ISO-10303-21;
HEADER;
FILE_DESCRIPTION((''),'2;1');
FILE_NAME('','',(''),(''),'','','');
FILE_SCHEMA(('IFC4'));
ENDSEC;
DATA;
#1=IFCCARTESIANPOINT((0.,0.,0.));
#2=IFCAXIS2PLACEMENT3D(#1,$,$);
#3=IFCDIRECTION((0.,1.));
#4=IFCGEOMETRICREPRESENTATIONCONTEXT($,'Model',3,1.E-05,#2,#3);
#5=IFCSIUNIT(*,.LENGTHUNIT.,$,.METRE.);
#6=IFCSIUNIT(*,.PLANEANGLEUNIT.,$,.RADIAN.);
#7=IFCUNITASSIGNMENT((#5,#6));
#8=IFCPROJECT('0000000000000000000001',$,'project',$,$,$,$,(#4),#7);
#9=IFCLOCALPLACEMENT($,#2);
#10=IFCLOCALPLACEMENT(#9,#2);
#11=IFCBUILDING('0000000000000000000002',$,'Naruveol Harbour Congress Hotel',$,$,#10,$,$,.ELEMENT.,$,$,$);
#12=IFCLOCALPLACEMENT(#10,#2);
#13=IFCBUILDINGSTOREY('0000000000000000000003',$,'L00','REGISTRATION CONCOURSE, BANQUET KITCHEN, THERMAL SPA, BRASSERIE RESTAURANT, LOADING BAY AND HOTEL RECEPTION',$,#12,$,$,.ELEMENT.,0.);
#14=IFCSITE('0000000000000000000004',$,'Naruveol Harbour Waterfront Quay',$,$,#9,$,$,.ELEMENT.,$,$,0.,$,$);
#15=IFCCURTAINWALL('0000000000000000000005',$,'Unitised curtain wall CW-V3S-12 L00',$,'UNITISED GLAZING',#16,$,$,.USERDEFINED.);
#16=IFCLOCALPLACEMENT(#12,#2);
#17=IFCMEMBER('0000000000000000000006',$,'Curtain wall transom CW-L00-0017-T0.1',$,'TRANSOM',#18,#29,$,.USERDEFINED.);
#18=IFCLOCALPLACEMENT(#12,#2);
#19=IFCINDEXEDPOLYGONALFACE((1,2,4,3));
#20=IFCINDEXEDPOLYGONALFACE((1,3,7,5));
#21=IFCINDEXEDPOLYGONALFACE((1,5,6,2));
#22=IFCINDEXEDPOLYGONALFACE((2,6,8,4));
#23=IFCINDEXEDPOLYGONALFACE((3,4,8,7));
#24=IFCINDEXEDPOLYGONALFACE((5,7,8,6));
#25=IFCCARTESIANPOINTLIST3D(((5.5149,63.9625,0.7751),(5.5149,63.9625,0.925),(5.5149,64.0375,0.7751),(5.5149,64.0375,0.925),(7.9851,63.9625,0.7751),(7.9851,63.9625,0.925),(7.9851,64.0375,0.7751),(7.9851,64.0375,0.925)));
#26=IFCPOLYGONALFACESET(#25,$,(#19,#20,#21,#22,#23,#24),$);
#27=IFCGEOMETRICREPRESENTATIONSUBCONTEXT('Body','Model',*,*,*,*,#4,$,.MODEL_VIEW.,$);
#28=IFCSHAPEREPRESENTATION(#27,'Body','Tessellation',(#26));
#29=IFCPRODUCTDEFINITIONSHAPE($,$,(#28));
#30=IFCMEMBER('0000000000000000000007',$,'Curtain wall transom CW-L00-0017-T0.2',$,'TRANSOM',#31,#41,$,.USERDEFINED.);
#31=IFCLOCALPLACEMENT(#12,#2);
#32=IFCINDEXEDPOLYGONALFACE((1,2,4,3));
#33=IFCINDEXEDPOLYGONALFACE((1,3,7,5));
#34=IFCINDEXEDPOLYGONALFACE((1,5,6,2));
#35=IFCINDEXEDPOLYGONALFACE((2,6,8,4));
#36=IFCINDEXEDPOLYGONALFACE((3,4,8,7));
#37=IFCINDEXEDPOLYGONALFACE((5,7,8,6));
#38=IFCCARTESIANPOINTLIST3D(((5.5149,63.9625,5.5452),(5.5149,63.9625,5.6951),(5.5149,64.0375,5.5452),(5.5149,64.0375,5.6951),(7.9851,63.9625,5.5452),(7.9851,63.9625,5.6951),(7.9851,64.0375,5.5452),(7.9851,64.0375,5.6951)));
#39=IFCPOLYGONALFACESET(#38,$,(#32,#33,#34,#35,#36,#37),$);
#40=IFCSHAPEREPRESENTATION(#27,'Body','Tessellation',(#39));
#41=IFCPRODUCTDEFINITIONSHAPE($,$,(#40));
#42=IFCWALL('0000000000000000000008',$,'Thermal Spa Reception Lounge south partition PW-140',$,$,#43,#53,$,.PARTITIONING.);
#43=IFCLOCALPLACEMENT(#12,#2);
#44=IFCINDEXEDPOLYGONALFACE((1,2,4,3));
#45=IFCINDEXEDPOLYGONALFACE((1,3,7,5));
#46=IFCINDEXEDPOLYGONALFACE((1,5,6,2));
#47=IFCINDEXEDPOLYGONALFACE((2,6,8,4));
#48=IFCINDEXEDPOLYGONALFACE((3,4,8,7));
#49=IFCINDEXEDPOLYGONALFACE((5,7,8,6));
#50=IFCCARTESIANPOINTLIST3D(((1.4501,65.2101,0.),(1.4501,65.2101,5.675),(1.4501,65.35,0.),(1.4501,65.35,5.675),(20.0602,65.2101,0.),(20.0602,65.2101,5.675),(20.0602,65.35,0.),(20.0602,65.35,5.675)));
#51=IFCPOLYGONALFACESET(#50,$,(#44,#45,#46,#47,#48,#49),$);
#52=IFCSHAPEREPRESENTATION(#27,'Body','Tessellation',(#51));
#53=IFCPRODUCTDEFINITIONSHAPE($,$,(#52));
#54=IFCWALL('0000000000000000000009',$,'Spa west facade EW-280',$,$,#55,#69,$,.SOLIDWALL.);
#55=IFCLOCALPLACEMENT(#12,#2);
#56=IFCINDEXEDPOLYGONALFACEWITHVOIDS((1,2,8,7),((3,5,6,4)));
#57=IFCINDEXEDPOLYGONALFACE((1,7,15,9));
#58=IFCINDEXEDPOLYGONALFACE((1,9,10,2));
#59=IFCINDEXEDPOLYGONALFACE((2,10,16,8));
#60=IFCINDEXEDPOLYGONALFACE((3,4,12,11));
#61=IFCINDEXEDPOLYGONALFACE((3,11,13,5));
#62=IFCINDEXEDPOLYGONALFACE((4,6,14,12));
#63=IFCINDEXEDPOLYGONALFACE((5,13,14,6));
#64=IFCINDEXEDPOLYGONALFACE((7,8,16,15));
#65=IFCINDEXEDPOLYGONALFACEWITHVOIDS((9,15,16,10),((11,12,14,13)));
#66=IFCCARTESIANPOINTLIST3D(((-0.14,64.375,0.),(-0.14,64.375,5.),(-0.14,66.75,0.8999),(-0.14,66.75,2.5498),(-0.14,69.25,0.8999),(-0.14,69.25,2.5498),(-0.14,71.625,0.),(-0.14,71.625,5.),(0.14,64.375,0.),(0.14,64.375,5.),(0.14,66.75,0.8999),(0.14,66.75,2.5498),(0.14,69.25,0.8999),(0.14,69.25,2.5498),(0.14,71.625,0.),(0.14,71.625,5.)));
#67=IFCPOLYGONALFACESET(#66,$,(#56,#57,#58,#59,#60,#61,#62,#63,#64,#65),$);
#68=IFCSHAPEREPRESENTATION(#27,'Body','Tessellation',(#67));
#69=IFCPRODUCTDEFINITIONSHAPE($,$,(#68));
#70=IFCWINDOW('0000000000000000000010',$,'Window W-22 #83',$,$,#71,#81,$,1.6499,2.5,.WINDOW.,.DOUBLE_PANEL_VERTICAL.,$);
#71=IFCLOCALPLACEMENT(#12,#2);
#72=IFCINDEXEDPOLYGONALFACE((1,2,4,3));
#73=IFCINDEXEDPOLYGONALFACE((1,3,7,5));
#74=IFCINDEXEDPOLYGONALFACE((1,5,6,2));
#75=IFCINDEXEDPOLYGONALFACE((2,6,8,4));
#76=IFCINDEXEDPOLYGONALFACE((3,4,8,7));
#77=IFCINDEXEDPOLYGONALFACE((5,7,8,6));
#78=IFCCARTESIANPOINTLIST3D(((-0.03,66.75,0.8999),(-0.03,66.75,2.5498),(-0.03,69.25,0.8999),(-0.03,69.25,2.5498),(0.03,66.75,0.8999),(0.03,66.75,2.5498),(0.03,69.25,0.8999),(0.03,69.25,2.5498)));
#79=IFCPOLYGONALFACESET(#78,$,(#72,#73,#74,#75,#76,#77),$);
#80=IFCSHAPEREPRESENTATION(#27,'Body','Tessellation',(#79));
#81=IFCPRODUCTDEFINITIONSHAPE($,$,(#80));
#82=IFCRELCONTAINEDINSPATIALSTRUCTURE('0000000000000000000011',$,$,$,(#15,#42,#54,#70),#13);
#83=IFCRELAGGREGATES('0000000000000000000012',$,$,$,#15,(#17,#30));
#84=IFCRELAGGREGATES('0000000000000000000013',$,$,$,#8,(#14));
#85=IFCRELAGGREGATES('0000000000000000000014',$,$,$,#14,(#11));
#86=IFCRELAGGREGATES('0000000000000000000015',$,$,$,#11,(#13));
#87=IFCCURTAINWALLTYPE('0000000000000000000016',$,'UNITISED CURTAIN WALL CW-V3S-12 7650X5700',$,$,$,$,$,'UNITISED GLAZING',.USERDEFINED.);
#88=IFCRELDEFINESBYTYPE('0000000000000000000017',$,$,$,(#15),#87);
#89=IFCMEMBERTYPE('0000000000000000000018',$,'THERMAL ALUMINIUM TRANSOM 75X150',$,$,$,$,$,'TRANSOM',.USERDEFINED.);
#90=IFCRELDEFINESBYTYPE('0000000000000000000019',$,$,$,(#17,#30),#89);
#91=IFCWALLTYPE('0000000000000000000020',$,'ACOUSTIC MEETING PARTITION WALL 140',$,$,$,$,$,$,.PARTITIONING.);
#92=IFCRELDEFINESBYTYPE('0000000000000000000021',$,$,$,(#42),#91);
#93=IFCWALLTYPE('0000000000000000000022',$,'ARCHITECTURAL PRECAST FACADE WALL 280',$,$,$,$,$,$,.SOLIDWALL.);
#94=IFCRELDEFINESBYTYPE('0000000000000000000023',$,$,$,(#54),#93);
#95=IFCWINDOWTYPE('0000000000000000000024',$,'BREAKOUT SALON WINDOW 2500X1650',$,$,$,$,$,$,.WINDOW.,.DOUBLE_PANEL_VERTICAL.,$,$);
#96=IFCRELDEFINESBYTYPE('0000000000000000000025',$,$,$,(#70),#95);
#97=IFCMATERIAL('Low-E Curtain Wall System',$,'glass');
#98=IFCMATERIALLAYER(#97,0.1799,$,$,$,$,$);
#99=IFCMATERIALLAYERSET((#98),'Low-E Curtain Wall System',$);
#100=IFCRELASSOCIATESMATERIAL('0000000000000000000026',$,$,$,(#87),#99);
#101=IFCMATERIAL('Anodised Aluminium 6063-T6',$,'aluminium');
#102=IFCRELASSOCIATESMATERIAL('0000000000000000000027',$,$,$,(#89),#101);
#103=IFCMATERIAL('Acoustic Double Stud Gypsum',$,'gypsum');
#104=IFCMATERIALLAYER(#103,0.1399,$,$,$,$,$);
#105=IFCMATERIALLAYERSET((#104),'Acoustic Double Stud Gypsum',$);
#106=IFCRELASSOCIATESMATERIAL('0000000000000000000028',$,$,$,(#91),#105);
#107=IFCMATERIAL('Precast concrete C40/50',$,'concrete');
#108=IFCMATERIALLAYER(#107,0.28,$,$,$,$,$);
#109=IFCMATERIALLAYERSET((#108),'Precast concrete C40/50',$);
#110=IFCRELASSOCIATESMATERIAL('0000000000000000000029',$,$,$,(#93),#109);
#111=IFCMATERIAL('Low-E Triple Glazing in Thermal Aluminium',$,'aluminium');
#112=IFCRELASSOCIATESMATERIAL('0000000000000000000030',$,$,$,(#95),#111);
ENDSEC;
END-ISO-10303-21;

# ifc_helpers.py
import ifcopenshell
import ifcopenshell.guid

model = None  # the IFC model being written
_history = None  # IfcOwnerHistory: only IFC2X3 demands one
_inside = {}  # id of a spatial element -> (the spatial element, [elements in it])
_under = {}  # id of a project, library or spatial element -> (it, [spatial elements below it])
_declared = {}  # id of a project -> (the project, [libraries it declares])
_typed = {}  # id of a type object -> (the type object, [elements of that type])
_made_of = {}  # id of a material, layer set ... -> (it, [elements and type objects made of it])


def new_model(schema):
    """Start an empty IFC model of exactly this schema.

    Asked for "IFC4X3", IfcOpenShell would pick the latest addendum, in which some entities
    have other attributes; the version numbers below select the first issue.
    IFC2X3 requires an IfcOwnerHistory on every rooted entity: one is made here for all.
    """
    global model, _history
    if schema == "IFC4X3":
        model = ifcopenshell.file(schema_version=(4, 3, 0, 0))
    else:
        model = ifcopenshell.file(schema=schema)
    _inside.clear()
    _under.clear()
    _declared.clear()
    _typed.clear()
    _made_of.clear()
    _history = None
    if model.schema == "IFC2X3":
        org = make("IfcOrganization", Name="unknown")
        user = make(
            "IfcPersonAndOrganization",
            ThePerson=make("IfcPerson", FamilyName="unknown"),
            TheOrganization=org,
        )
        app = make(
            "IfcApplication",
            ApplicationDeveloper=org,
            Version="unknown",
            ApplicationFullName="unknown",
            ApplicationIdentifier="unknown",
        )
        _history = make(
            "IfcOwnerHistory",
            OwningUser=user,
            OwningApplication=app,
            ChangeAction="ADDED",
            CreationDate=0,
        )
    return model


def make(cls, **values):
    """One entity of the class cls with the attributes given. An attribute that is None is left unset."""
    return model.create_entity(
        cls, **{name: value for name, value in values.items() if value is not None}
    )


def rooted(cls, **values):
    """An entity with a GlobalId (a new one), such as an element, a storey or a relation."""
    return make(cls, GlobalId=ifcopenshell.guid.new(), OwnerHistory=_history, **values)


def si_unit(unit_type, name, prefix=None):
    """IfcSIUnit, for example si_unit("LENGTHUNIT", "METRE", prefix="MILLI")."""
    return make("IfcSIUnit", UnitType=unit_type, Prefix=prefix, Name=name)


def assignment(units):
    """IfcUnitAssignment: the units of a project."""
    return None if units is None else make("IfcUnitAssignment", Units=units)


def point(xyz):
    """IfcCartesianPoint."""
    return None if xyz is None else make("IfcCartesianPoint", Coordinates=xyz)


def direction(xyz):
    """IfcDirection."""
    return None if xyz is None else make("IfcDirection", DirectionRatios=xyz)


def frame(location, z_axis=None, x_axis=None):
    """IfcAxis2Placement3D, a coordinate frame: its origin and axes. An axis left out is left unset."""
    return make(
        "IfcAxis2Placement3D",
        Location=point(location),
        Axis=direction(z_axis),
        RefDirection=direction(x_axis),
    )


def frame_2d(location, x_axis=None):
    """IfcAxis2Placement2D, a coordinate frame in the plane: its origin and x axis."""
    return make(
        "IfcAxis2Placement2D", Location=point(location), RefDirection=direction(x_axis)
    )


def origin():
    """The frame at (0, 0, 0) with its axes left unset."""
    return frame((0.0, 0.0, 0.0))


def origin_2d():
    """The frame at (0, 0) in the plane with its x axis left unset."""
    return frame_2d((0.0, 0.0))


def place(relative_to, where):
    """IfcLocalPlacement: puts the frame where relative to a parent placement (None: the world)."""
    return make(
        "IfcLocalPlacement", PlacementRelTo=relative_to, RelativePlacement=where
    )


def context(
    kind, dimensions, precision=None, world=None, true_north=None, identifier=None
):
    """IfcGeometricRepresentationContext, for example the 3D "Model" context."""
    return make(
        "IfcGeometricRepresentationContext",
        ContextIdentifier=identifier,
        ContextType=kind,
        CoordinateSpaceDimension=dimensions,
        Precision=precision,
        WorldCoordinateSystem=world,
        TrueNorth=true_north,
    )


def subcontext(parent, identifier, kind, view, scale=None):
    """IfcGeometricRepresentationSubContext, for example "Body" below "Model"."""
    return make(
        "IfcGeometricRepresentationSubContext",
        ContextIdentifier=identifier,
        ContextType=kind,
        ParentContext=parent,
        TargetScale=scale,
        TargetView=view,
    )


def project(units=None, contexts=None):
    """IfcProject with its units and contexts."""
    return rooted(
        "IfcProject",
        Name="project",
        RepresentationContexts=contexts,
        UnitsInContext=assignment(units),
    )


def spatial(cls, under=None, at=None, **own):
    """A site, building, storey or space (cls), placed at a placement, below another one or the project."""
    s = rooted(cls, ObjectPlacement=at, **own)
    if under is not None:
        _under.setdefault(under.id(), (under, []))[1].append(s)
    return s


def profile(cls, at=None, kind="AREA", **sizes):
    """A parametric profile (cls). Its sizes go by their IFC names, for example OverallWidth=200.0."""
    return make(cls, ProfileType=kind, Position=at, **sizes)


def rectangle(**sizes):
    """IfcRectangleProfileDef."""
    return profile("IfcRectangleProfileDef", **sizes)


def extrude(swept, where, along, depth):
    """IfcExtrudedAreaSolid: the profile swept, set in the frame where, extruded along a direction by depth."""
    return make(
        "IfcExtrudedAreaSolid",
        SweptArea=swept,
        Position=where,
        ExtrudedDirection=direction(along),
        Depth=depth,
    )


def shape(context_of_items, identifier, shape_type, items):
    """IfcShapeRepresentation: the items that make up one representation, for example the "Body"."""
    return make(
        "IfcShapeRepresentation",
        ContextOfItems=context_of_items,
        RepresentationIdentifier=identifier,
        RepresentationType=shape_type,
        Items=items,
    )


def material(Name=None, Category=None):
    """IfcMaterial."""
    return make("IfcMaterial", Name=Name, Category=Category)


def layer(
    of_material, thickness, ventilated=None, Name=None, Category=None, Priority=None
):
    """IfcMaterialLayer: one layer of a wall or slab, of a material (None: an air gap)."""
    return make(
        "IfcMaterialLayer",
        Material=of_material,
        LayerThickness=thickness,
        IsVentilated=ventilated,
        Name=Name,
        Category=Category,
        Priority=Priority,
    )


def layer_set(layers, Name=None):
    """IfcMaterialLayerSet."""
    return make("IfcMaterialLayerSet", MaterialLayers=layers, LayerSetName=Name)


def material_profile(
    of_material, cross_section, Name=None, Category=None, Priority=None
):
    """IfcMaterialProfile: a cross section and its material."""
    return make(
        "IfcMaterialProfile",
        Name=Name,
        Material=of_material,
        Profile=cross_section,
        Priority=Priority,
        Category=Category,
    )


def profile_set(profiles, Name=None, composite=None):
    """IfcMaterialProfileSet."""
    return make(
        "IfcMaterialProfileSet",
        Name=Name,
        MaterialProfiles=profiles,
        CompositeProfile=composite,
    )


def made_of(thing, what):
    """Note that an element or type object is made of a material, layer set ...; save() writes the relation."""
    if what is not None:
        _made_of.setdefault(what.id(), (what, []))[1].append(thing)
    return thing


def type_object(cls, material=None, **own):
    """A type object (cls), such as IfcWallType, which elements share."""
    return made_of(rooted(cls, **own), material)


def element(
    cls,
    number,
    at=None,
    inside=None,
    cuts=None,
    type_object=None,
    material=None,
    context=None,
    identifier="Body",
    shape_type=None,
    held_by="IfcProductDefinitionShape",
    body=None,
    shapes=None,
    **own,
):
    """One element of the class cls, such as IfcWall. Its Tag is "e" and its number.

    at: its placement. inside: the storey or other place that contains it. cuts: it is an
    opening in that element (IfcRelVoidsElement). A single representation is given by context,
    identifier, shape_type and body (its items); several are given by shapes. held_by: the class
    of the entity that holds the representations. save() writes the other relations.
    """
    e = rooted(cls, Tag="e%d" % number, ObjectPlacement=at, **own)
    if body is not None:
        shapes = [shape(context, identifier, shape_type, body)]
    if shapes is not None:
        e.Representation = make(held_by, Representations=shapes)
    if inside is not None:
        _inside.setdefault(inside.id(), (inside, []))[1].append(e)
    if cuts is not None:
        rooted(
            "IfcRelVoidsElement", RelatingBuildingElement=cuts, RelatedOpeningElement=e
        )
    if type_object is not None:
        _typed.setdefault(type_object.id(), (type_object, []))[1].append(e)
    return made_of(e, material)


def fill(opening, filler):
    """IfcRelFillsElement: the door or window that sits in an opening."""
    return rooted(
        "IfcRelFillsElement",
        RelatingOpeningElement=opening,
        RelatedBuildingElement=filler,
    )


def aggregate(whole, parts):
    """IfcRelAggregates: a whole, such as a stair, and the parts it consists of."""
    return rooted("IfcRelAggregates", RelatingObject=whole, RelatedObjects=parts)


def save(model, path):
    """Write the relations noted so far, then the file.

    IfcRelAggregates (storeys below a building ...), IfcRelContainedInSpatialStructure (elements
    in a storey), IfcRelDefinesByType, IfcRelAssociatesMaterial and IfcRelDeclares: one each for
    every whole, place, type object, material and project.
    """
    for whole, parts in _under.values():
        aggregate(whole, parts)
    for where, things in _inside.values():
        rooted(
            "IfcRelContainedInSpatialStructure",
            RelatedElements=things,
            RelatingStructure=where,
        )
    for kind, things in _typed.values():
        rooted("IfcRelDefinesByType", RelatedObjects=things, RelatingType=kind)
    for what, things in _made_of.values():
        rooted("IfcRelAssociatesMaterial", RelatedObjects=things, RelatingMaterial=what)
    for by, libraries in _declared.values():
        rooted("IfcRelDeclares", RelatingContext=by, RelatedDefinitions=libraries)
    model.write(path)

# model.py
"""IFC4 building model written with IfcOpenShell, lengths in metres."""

from ifc_helpers import new_model, si_unit, direction, frame, frame_2d, origin, origin_2d, place, context, subcontext, project, spatial, rectangle, extrude, material, layer, layer_set, material_profile, profile_set, type_object, element, fill, aggregate, save


model = new_model("IFC4")

# Units and contexts
model_context = context("Model", 3, precision=1e-05, world=origin(), true_north=direction((0.0, 1.0)))
body_context = subcontext(model_context, "Body", "Model", "MODEL_VIEW")
ifc_project = project(units=[si_unit("LENGTHUNIT", "METRE"), si_unit("PLANEANGLEUNIT", "RADIAN")], contexts=[model_context])

# Site, building, storey
site_placement = place(None, origin())
site = spatial("IfcSite", under=ifc_project, at=site_placement, Name="Naruveol Harbour Waterfront Quay", CompositionType="ELEMENT", RefElevation=0.0)
building_placement = place(site_placement, origin())
building = spatial("IfcBuilding", under=site, at=building_placement, Name="Naruveol Harbour Congress Hotel", CompositionType="ELEMENT")
storey_placement = place(building_placement, origin())
storey = spatial("IfcBuildingStorey", under=building, at=storey_placement, Name="L00", Description="REGISTRATION CONCOURSE, BANQUET KITCHEN, THERMAL SPA, BRASSERIE RESTAURANT, LOADING BAY AND HOTEL RECEPTION", CompositionType="ELEMENT", Elevation=0.0)

# Shared definitions
ifc_material_1 = material(Name="Low-E Curtain Wall System", Category="glass")
ifc_layer_1 = layer(ifc_material_1, 0.1799)
ifc_layer_set_1 = layer_set([ifc_layer_1], Name="Low-E Curtain Wall System")
curtain_wall_type = type_object("IfcCurtainWallType", Name="UNITISED CURTAIN WALL CW-V3S-12 7650X5700", ElementType="UNITISED GLAZING", PredefinedType="USERDEFINED", material=ifc_layer_set_1)

# Curtain wall
curtain_wall_1_placement = place(storey_placement, origin())
curtain_wall_1 = element("IfcCurtainWall", 1, at=curtain_wall_1_placement, inside=storey, type_object=curtain_wall_type, Name="Unitised curtain wall CW-V3S-12 L00", ObjectType="UNITISED GLAZING", PredefinedType="USERDEFINED")

# Members
ifc_material_2 = material(Name="Anodised Aluminium 6063-T6", Category="aluminium")
ifc_material_profile_1 = material_profile(ifc_material_2, rectangle(XDim=0.075, YDim=0.1499, at=origin_2d()), Name="ALU-75x150")
ifc_profile_set_1 = profile_set([ifc_material_profile_1], Name="Anodised Aluminium 6063-T6")
member_type_1 = type_object("IfcMemberType", Name="THERMAL ALUMINIUM TRANSOM 75X150", ElementType="TRANSOM", PredefinedType="USERDEFINED", material=ifc_profile_set_1)
member_1_placement = place(storey_placement, frame((7.9851, 64.0, 0.8501), z_axis=(-1.0, 0.0, 0.0), x_axis=(0.0, -1.0, 0.0)))
member_1 = element("IfcMember", 2, at=member_1_placement, type_object=member_type_1, Name="Curtain wall transom CW-L00-0017-T0.1", ObjectType="TRANSOM", PredefinedType="USERDEFINED", context=body_context, shape_type="SweptSolid", body=[
    extrude(rectangle(XDim=0.075, YDim=0.1499, at=origin_2d()), origin(), (0.0, 0.0, 1.0), 2.4702),
])
member_2_placement = place(storey_placement, frame((7.9851, 64.0, 5.6201), z_axis=(-1.0, 0.0, 0.0), x_axis=(0.0, -1.0, 0.0)))
member_2 = element("IfcMember", 3, at=member_2_placement, type_object=member_type_1, Name="Curtain wall transom CW-L00-0017-T0.2", ObjectType="TRANSOM", PredefinedType="USERDEFINED", context=body_context, shape_type="SweptSolid", body=[
    extrude(rectangle(XDim=0.075, YDim=0.1499, at=origin_2d()), origin(), (0.0, 0.0, 1.0), 2.4702),
])
aggregate(curtain_wall_1, [member_1, member_2])

# Wall
ifc_material_3 = material(Name="Acoustic Double Stud Gypsum", Category="gypsum")
ifc_layer_2 = layer(ifc_material_3, 0.1399)
ifc_layer_set_2 = layer_set([ifc_layer_2], Name="Acoustic Double Stud Gypsum")
wall_type_1 = type_object("IfcWallType", Name="ACOUSTIC MEETING PARTITION WALL 140", PredefinedType="PARTITIONING", material=ifc_layer_set_2)
wall_1_placement = place(storey_placement, frame((1.45, 65.28, 0.0), z_axis=(0.0, 0.0, 1.0), x_axis=(1.0, 0.0, 0.0)))
element("IfcWall", 4, at=wall_1_placement, inside=storey, type_object=wall_type_1, Name="Thermal Spa Reception Lounge south partition PW-140", PredefinedType="PARTITIONING", context=body_context, shape_type="SweptSolid", body=[
    extrude(rectangle(XDim=18.6101, YDim=0.1399, at=frame_2d((9.3052, 0.0))), origin(), (0.0, 0.0, 1.0), 5.675),
])

# Wall, opening, window
ifc_material_4 = material(Name="Precast concrete C40/50", Category="concrete")
ifc_layer_3 = layer(ifc_material_4, 0.28)
ifc_layer_set_3 = layer_set([ifc_layer_3], Name="Precast concrete C40/50")
wall_type_2 = type_object("IfcWallType", Name="ARCHITECTURAL PRECAST FACADE WALL 280", PredefinedType="SOLIDWALL", material=ifc_layer_set_3)
wall_2_placement = place(storey_placement, frame((0.0, 64.375, 0.0), z_axis=(0.0, 0.0, 1.0), x_axis=(0.0, 1.0, 0.0)))
wall_2 = element("IfcWall", 5, at=wall_2_placement, inside=storey, type_object=wall_type_2, Name="Spa west facade EW-280", PredefinedType="SOLIDWALL", context=body_context, shape_type="SweptSolid", body=[
    extrude(rectangle(XDim=7.25, YDim=0.28, at=frame_2d((3.625, 0.0))), origin(), (0.0, 0.0, 1.0), 5.0),
])
opening_placement = place(wall_2_placement, frame((2.375, 0.0, 0.8999)))
opening = element("IfcOpeningElement", 6, at=opening_placement, cuts=wall_2, PredefinedType="OPENING", context=body_context, shape_type="SweptSolid", body=[
    extrude(rectangle(XDim=2.5, YDim=1.6499, at=frame_2d((1.25, 0.825))), frame((0.0, 0.1499, 0.0), z_axis=(0.0, -1.0, 0.0), x_axis=(1.0, 0.0, 0.0)), (0.0, 0.0, 1.0), 0.3),
])
ifc_material_5 = material(Name="Low-E Triple Glazing in Thermal Aluminium", Category="aluminium")
window_type = type_object("IfcWindowType", Name="BREAKOUT SALON WINDOW 2500X1650", PartitioningType="DOUBLE_PANEL_VERTICAL", PredefinedType="WINDOW", material=ifc_material_5)
window_placement = place(opening_placement, origin())
window = element("IfcWindow", 7, at=window_placement, inside=storey, type_object=window_type, Name="Window W-22 #83", OverallHeight=1.6499, OverallWidth=2.5, PartitioningType="DOUBLE_PANEL_VERTICAL", PredefinedType="WINDOW", context=body_context, shape_type="SweptSolid", body=[
    extrude(rectangle(XDim=2.5, YDim=1.6499, at=frame_2d((1.25, 0.825))), frame((0.0, 0.03, 0.0), z_axis=(0.0, -1.0, 0.0), x_axis=(1.0, 0.0, 0.0)), (0.0, 0.0, 1.0), 0.0601),
])
fill(opening, window)

save(model, "model.ifc")
